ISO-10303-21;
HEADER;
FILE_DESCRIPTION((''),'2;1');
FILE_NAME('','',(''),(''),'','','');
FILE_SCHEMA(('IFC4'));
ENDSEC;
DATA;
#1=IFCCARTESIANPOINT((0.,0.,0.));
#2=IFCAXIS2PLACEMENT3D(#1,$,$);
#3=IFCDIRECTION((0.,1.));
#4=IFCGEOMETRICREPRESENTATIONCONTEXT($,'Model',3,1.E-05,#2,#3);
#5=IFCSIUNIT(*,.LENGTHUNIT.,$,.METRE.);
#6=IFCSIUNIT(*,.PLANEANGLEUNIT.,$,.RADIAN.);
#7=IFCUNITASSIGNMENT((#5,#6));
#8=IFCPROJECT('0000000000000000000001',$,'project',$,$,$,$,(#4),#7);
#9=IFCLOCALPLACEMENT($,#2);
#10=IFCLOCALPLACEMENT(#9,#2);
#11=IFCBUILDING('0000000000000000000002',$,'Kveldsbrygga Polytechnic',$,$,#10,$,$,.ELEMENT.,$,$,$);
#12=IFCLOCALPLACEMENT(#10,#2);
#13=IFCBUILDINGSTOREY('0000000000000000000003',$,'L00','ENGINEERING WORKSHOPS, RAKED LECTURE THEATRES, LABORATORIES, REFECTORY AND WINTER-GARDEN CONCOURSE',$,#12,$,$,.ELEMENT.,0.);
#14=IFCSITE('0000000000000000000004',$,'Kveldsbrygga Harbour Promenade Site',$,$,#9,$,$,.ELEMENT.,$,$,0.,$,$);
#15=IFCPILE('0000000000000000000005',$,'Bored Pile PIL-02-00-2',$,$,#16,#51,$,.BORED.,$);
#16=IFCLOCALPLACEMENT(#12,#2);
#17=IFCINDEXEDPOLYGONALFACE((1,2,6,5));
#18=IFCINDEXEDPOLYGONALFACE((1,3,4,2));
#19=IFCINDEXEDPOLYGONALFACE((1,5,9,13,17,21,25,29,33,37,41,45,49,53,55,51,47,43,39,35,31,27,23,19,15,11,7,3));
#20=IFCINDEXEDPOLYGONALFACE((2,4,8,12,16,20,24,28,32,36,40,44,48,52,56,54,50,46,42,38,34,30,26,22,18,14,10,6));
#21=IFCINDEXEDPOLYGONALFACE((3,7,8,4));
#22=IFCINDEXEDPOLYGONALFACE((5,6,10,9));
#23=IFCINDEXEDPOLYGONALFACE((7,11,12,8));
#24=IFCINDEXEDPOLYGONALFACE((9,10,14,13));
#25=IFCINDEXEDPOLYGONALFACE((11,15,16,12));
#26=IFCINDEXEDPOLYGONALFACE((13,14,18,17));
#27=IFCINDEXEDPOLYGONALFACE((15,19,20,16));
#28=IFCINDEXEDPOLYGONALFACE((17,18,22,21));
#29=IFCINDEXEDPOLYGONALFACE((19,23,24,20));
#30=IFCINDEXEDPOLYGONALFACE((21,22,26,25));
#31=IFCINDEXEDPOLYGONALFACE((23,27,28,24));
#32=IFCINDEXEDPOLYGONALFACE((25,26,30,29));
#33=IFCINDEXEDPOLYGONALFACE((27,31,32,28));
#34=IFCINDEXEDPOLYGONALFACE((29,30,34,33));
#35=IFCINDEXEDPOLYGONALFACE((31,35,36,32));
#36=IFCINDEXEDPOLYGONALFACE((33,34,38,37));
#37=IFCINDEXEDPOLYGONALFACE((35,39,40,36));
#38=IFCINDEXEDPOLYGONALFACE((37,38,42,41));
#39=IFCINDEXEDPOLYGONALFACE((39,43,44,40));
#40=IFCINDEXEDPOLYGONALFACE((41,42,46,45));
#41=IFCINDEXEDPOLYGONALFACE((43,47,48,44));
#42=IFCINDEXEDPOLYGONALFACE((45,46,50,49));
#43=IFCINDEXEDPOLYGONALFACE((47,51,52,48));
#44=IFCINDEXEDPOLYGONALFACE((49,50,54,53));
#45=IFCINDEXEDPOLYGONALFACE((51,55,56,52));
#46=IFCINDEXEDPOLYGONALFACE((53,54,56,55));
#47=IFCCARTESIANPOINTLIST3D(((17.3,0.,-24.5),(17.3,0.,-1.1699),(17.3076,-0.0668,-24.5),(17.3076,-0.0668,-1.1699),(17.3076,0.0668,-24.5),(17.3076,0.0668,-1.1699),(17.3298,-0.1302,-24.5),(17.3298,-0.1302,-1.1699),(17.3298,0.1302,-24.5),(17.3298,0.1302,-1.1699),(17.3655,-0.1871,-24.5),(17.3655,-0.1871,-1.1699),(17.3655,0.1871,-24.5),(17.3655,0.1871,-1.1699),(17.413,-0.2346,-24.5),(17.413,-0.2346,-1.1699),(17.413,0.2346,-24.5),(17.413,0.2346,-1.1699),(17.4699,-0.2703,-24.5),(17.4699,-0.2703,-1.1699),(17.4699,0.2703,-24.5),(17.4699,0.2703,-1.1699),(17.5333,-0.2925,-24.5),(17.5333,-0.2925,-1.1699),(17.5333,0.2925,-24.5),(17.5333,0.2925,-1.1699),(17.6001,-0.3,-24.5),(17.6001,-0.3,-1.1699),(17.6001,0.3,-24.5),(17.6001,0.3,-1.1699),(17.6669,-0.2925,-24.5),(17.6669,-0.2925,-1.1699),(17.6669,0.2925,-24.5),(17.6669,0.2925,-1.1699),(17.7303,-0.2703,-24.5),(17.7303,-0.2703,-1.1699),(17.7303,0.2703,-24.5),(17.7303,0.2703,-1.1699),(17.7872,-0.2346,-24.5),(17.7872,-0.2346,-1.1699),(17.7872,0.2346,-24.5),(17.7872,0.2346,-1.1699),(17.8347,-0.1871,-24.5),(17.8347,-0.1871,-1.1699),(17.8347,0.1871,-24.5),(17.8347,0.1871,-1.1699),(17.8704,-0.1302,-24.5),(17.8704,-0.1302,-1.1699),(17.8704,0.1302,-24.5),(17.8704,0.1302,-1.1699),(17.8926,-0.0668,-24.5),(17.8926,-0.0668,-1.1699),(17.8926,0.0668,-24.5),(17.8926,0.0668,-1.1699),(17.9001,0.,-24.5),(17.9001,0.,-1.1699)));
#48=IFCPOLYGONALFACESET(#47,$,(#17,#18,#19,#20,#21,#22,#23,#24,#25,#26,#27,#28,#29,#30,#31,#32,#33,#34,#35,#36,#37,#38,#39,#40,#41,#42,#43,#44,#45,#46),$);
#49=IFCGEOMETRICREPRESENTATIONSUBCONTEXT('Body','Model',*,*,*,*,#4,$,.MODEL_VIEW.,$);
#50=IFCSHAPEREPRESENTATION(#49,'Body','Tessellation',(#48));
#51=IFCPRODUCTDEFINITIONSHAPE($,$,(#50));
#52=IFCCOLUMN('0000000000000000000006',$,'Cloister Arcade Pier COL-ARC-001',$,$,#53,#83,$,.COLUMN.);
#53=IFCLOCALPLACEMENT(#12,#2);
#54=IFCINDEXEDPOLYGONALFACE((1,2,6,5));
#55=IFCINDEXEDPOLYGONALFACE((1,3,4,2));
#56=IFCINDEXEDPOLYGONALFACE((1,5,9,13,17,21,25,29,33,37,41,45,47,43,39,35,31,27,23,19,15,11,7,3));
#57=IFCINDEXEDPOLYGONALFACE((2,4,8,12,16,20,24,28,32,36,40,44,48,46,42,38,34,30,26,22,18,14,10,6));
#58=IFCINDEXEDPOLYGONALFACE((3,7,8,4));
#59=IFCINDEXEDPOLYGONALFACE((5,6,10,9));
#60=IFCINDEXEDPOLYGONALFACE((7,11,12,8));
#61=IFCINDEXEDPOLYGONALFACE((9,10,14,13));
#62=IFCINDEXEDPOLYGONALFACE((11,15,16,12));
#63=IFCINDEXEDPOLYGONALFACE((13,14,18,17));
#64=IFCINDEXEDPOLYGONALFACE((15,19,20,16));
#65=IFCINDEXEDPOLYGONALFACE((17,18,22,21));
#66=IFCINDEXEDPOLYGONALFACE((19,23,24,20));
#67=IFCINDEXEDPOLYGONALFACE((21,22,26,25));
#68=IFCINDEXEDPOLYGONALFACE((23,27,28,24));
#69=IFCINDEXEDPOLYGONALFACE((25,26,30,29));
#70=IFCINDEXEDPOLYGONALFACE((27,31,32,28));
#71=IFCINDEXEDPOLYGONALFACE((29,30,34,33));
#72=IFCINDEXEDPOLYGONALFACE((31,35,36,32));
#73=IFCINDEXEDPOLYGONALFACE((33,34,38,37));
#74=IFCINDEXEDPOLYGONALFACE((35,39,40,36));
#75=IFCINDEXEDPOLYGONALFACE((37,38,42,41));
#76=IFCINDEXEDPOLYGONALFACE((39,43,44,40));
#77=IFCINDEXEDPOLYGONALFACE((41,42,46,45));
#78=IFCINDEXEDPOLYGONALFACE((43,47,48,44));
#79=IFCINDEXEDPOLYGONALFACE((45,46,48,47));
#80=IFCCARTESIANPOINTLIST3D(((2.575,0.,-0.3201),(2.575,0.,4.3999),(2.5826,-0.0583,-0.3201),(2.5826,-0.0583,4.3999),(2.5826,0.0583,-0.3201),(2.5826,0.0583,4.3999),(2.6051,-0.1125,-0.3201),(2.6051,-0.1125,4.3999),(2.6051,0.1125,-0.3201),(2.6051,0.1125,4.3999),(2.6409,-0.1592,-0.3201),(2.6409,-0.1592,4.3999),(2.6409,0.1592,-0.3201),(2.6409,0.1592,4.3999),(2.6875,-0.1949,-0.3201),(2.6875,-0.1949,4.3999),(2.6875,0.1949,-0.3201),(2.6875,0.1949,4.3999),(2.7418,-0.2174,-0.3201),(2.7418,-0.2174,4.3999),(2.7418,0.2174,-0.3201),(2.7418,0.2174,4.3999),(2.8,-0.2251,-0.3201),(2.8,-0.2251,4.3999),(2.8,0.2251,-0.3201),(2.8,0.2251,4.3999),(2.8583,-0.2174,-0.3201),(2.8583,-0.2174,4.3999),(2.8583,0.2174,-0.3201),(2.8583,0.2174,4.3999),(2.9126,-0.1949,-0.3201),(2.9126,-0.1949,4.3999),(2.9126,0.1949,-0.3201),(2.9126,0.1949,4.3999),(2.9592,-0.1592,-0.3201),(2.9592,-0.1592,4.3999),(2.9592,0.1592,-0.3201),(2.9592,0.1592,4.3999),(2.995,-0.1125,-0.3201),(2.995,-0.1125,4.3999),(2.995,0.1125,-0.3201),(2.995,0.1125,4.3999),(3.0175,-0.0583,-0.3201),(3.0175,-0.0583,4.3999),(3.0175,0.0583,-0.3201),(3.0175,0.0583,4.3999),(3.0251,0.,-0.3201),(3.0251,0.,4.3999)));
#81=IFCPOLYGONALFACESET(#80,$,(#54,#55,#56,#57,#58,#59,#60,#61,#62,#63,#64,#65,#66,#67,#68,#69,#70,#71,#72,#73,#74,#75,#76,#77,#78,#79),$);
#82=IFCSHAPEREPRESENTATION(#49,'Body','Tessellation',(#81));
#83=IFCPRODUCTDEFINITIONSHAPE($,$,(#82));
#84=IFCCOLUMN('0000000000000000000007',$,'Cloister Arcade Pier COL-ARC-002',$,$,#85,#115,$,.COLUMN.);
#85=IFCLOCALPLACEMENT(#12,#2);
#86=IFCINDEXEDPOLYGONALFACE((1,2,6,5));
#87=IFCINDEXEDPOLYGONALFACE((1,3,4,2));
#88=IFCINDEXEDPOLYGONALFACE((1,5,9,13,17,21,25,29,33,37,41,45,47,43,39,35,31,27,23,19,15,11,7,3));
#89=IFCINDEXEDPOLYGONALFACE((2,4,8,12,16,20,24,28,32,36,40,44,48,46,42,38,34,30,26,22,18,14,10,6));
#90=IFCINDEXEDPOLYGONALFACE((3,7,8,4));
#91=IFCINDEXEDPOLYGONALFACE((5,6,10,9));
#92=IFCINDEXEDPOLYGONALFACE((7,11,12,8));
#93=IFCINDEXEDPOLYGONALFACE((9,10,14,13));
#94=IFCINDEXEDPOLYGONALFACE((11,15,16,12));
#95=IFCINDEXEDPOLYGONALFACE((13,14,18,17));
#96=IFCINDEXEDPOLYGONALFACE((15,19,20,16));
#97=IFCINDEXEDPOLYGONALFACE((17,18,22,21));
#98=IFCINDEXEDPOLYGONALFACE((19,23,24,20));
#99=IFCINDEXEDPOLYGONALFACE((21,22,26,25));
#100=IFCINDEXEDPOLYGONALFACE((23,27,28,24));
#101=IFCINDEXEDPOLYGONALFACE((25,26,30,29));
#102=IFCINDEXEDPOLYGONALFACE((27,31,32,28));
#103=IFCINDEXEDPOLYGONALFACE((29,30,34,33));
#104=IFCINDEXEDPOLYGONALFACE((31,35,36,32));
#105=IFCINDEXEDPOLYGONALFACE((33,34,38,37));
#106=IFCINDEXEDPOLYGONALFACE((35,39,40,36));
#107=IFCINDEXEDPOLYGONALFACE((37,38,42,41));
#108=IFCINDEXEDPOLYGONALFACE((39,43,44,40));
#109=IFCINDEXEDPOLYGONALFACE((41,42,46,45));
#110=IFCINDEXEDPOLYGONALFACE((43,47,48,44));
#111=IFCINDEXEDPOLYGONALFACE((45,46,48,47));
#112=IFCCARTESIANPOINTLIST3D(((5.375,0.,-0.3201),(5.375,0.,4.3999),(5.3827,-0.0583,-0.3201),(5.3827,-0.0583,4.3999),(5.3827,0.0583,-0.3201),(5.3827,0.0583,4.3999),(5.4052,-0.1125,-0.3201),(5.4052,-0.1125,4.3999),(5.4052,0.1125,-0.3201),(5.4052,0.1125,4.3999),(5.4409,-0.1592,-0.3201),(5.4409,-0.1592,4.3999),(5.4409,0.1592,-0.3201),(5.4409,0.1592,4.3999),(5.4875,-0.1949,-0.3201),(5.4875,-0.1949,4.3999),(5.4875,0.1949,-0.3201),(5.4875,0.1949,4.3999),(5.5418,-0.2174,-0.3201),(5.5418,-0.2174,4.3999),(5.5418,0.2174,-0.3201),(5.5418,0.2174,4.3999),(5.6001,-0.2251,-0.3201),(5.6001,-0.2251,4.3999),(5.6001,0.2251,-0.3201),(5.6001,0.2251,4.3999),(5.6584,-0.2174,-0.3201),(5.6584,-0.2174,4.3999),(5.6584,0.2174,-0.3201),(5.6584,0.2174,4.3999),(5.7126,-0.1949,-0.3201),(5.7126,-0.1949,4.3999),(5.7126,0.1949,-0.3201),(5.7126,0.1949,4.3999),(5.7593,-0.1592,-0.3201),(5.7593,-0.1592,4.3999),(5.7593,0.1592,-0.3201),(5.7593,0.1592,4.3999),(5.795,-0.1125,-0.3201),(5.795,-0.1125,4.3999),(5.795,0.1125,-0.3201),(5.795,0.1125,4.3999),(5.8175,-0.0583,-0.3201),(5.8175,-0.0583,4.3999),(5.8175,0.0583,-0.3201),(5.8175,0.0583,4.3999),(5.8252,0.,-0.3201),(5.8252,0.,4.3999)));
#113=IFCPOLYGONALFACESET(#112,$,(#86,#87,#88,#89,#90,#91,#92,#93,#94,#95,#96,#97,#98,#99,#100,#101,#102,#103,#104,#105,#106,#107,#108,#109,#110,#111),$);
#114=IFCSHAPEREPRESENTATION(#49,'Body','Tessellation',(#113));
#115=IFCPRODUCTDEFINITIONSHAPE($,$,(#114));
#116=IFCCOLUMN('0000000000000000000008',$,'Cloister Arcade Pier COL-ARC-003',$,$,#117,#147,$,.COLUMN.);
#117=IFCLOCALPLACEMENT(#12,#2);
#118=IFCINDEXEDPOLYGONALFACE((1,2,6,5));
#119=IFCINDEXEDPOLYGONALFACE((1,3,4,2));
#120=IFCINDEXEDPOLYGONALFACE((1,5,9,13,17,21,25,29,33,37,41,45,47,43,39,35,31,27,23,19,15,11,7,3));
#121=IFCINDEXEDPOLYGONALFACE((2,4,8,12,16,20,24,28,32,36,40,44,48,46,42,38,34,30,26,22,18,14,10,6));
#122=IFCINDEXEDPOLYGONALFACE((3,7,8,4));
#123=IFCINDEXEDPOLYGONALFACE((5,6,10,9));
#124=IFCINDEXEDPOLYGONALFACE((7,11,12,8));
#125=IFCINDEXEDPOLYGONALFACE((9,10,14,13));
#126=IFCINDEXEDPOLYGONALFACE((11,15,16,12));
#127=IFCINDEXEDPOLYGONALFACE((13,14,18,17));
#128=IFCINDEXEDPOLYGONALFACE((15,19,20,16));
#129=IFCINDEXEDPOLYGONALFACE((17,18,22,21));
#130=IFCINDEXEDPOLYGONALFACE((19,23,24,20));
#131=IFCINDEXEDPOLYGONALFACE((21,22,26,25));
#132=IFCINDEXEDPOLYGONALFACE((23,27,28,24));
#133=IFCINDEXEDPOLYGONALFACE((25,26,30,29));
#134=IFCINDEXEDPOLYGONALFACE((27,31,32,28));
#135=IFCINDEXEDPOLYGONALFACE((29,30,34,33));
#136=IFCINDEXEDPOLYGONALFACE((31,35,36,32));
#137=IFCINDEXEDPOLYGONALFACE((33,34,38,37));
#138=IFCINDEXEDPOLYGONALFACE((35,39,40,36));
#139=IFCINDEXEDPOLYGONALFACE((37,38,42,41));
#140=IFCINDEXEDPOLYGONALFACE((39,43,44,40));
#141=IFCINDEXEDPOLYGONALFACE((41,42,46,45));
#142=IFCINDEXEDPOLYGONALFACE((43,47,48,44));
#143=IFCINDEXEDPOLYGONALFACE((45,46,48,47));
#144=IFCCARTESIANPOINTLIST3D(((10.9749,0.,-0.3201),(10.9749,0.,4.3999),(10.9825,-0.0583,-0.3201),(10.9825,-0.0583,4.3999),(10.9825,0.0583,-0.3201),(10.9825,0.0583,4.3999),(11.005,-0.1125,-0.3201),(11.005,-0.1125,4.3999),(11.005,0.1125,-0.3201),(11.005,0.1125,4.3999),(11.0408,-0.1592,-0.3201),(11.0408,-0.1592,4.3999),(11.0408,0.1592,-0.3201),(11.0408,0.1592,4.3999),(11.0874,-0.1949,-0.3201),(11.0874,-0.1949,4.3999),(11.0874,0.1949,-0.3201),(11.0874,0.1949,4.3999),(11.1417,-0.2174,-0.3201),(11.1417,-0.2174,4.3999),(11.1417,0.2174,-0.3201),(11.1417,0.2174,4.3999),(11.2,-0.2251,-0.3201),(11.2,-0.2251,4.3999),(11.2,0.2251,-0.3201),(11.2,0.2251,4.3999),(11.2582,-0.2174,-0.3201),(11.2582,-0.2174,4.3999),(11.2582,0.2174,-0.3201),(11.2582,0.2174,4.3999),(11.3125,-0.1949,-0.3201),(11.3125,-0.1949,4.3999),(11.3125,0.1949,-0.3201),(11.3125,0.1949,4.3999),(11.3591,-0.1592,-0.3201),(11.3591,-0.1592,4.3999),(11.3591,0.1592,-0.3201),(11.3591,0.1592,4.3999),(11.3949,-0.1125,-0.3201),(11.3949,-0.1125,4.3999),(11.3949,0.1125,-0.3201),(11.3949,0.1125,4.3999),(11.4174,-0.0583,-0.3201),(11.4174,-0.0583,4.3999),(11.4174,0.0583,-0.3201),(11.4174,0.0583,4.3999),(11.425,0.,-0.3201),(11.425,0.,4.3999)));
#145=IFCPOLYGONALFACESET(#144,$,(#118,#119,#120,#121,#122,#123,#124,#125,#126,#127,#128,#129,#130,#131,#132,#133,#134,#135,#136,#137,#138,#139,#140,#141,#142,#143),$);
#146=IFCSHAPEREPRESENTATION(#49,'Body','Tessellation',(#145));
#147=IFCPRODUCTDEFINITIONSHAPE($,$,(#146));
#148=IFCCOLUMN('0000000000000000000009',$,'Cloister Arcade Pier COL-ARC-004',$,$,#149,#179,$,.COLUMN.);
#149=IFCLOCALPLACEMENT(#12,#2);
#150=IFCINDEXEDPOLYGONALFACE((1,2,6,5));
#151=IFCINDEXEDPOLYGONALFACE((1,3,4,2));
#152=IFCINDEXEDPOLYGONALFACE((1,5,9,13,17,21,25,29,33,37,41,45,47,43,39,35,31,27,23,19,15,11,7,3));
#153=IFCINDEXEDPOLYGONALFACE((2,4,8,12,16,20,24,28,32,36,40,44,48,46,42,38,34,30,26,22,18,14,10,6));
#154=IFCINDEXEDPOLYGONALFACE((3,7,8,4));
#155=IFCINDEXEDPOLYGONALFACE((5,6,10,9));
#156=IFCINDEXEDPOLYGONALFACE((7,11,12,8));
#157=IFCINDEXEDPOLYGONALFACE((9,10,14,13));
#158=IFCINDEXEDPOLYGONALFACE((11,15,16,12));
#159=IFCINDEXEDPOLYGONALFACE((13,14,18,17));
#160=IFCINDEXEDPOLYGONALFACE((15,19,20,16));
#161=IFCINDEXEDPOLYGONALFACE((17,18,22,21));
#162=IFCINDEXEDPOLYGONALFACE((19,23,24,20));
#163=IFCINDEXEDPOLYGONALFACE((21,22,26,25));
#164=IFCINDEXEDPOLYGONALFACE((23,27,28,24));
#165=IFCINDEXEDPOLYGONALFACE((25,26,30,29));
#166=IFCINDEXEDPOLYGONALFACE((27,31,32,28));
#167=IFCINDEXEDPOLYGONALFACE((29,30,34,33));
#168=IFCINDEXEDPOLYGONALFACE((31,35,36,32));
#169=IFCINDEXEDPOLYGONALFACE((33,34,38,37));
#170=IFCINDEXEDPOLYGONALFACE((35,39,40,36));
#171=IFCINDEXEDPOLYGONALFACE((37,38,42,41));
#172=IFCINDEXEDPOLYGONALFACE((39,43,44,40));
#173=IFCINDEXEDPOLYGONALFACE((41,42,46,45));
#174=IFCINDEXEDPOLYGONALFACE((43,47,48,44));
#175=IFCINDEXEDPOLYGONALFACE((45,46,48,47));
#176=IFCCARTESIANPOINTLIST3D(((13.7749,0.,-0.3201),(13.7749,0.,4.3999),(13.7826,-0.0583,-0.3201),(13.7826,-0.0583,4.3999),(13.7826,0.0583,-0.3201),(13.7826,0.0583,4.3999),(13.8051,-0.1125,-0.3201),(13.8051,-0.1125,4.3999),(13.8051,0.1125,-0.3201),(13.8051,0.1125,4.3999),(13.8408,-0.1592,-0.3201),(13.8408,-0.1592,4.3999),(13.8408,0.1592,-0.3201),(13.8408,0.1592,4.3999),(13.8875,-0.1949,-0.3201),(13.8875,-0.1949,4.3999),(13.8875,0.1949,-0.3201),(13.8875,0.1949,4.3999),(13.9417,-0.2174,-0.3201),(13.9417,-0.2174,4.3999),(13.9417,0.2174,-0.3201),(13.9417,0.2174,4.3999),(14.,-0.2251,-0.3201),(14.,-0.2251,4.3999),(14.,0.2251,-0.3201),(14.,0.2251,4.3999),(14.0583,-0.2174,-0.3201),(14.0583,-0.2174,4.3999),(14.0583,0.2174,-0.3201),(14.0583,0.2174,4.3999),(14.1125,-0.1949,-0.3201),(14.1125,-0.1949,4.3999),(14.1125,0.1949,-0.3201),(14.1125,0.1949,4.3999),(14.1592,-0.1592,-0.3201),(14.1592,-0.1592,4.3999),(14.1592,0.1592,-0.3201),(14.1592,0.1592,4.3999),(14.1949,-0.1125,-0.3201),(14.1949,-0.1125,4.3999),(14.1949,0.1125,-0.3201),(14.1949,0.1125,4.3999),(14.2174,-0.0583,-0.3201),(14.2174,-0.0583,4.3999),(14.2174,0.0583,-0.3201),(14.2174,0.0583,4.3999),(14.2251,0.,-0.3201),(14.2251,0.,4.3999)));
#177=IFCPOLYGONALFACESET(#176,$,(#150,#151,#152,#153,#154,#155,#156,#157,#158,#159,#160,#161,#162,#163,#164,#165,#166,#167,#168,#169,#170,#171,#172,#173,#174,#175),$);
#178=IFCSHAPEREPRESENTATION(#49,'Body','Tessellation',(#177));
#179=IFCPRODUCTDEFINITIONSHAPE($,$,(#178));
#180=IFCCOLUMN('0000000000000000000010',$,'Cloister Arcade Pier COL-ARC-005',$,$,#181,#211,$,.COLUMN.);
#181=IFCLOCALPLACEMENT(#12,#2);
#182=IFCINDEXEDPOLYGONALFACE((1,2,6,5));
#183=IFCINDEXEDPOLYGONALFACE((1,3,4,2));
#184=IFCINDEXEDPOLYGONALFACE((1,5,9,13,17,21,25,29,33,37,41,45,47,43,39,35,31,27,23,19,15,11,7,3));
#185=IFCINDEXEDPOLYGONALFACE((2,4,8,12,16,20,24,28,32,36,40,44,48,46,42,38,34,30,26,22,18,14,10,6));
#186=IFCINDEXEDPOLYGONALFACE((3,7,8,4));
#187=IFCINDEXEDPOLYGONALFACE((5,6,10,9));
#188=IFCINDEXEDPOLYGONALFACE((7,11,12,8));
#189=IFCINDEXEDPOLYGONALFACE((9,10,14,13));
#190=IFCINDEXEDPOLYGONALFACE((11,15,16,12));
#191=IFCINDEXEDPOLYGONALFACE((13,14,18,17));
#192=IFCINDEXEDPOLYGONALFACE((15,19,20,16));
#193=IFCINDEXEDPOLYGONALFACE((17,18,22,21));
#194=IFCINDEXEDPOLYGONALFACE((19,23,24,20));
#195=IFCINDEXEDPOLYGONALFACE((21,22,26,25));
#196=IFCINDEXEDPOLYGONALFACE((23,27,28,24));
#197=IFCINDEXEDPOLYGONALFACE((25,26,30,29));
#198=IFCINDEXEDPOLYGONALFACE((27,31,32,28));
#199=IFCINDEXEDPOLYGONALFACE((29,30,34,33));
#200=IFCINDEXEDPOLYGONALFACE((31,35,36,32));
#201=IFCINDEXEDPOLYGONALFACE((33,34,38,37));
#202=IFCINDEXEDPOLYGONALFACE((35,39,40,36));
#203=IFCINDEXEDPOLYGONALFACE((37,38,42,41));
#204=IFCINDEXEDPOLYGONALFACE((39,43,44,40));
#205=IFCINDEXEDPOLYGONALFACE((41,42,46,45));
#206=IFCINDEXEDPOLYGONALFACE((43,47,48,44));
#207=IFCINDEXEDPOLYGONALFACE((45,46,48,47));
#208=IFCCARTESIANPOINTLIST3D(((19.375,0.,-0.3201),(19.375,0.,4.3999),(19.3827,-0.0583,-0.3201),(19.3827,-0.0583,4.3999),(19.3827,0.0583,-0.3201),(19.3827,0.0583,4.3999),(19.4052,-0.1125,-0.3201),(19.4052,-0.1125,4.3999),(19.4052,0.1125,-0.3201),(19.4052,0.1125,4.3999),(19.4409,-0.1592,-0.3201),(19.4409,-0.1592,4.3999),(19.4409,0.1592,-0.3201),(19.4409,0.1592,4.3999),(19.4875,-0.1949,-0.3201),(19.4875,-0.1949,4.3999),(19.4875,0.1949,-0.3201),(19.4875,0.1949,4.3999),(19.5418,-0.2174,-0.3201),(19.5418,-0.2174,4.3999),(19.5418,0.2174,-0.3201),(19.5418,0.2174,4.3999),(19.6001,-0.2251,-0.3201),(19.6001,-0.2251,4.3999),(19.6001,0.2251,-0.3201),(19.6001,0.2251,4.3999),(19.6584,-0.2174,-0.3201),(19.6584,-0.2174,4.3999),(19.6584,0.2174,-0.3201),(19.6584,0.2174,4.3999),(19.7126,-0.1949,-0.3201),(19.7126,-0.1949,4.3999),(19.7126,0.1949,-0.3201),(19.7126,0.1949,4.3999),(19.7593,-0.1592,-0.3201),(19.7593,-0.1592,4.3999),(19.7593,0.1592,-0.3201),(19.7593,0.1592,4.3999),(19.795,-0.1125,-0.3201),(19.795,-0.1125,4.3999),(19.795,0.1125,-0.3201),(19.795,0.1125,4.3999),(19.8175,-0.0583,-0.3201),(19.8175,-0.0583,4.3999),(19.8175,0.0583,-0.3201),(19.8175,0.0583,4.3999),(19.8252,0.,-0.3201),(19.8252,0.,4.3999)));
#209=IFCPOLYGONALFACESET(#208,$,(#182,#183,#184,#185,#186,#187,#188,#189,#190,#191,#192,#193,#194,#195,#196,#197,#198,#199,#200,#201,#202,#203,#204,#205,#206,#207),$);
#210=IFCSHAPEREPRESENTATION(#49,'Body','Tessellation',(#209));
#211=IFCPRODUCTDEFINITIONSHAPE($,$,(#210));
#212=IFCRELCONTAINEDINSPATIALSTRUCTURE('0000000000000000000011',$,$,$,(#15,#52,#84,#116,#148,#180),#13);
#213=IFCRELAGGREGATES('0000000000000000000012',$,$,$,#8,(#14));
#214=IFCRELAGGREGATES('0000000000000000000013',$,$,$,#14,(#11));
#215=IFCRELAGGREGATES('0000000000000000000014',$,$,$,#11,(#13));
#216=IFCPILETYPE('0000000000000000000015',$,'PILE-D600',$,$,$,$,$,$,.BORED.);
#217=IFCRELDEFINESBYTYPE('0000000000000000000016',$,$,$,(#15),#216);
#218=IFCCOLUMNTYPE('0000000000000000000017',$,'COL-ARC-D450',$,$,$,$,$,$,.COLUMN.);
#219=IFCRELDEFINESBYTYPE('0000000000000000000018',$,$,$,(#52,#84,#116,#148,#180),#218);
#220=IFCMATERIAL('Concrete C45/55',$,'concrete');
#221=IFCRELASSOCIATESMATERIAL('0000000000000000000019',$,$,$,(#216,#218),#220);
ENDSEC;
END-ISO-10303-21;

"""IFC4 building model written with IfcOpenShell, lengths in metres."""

from ifc_helpers import new_model, si_unit, direction, frame, origin, origin_2d, place, context, subcontext, project, spatial, circle, extrude, material, material_profile, profile_set, type_object, element, save


model = new_model("IFC4")

# Units and contexts
model_context = context("Model", 3, precision=1e-05, world=origin(), true_north=direction((0.0, 1.0)))
body_context = subcontext(model_context, "Body", "Model", "MODEL_VIEW")
ifc_project = project(units=[si_unit("LENGTHUNIT", "METRE"), si_unit("PLANEANGLEUNIT", "RADIAN")], contexts=[model_context])

# Site, building, storey
site_placement = place(None, origin())
site = spatial("IfcSite", under=ifc_project, at=site_placement, Name="Kveldsbrygga Harbour Promenade Site", CompositionType="ELEMENT", RefElevation=0.0)
building_placement = place(site_placement, origin())
building = spatial("IfcBuilding", under=site, at=building_placement, Name="Kveldsbrygga Polytechnic", CompositionType="ELEMENT")
storey_placement = place(building_placement, origin())
storey = spatial("IfcBuildingStorey", under=building, at=storey_placement, Name="L00", Description="ENGINEERING WORKSHOPS, RAKED LECTURE THEATRES, LABORATORIES, REFECTORY AND WINTER-GARDEN CONCOURSE", CompositionType="ELEMENT", Elevation=0.0)

# Shared definitions
ifc_material_1 = material(Name="Concrete C45/55", Category="concrete")

# Pile
ifc_material_profile_1 = material_profile(ifc_material_1, circle(Radius=0.3, at=origin_2d()), Name="PILE D600")
ifc_profile_set_1 = profile_set([ifc_material_profile_1], Name="Concrete C45/55")
pile_type = type_object("IfcPileType", Name="PILE-D600", PredefinedType="BORED", material=ifc_profile_set_1)
for number, where, z_axis, x_axis, name in (
    (1, (17.6001, 0.0, -1.1699), (0.0, 0.0, -1.0), (1.0, 0.0, 0.0), "Bored Pile PIL-02-00-2"),
):
    element("IfcPile", number, at=place(storey_placement, frame(where, z_axis=z_axis, x_axis=x_axis)), inside=storey, type_object=pile_type, Name=name, PredefinedType="BORED", context=body_context, shape_type="SweptSolid", body=[
        extrude(circle(Radius=0.3, at=origin_2d()), origin(), (0.0, 0.0, 1.0), 23.3301),
    ])

# Columns
ifc_material_profile_2 = material_profile(ifc_material_1, circle(Radius=0.2251, at=origin_2d()), Name="RC D450")
ifc_profile_set_2 = profile_set([ifc_material_profile_2], Name="Concrete C45/55")
column_type_1 = type_object("IfcColumnType", Name="COL-ARC-D450", PredefinedType="COLUMN", material=ifc_profile_set_2)
for number, where, z_axis, x_axis, name in (
    (2, (2.8, 0.0, -0.3201), (0.0, 0.0, 1.0), (1.0, 0.0, 0.0), "Cloister Arcade Pier COL-ARC-001"),
    (3, (5.6001, 0.0, -0.3201), (0.0, 0.0, 1.0), (1.0, 0.0, 0.0), "Cloister Arcade Pier COL-ARC-002"),
    (4, (11.2, 0.0, -0.3201), (0.0, 0.0, 1.0), (1.0, 0.0, 0.0), "Cloister Arcade Pier COL-ARC-003"),
    (5, (14.0, 0.0, -0.3201), (0.0, 0.0, 1.0), (1.0, 0.0, 0.0), "Cloister Arcade Pier COL-ARC-004"),
    (6, (19.6001, 0.0, -0.3201), (0.0, 0.0, 1.0), (1.0, 0.0, 0.0), "Cloister Arcade Pier COL-ARC-005"),
):
    element("IfcColumn", number, at=place(storey_placement, frame(where, z_axis=z_axis, x_axis=x_axis)), inside=storey, type_object=column_type_1, Name=name, PredefinedType="COLUMN", context=body_context, shape_type="SweptSolid", body=[
        extrude(circle(Radius=0.2251, at=origin_2d()), origin(), (0.0, 0.0, 1.0), 4.72),
    ])

save(model, "model.ifc")
